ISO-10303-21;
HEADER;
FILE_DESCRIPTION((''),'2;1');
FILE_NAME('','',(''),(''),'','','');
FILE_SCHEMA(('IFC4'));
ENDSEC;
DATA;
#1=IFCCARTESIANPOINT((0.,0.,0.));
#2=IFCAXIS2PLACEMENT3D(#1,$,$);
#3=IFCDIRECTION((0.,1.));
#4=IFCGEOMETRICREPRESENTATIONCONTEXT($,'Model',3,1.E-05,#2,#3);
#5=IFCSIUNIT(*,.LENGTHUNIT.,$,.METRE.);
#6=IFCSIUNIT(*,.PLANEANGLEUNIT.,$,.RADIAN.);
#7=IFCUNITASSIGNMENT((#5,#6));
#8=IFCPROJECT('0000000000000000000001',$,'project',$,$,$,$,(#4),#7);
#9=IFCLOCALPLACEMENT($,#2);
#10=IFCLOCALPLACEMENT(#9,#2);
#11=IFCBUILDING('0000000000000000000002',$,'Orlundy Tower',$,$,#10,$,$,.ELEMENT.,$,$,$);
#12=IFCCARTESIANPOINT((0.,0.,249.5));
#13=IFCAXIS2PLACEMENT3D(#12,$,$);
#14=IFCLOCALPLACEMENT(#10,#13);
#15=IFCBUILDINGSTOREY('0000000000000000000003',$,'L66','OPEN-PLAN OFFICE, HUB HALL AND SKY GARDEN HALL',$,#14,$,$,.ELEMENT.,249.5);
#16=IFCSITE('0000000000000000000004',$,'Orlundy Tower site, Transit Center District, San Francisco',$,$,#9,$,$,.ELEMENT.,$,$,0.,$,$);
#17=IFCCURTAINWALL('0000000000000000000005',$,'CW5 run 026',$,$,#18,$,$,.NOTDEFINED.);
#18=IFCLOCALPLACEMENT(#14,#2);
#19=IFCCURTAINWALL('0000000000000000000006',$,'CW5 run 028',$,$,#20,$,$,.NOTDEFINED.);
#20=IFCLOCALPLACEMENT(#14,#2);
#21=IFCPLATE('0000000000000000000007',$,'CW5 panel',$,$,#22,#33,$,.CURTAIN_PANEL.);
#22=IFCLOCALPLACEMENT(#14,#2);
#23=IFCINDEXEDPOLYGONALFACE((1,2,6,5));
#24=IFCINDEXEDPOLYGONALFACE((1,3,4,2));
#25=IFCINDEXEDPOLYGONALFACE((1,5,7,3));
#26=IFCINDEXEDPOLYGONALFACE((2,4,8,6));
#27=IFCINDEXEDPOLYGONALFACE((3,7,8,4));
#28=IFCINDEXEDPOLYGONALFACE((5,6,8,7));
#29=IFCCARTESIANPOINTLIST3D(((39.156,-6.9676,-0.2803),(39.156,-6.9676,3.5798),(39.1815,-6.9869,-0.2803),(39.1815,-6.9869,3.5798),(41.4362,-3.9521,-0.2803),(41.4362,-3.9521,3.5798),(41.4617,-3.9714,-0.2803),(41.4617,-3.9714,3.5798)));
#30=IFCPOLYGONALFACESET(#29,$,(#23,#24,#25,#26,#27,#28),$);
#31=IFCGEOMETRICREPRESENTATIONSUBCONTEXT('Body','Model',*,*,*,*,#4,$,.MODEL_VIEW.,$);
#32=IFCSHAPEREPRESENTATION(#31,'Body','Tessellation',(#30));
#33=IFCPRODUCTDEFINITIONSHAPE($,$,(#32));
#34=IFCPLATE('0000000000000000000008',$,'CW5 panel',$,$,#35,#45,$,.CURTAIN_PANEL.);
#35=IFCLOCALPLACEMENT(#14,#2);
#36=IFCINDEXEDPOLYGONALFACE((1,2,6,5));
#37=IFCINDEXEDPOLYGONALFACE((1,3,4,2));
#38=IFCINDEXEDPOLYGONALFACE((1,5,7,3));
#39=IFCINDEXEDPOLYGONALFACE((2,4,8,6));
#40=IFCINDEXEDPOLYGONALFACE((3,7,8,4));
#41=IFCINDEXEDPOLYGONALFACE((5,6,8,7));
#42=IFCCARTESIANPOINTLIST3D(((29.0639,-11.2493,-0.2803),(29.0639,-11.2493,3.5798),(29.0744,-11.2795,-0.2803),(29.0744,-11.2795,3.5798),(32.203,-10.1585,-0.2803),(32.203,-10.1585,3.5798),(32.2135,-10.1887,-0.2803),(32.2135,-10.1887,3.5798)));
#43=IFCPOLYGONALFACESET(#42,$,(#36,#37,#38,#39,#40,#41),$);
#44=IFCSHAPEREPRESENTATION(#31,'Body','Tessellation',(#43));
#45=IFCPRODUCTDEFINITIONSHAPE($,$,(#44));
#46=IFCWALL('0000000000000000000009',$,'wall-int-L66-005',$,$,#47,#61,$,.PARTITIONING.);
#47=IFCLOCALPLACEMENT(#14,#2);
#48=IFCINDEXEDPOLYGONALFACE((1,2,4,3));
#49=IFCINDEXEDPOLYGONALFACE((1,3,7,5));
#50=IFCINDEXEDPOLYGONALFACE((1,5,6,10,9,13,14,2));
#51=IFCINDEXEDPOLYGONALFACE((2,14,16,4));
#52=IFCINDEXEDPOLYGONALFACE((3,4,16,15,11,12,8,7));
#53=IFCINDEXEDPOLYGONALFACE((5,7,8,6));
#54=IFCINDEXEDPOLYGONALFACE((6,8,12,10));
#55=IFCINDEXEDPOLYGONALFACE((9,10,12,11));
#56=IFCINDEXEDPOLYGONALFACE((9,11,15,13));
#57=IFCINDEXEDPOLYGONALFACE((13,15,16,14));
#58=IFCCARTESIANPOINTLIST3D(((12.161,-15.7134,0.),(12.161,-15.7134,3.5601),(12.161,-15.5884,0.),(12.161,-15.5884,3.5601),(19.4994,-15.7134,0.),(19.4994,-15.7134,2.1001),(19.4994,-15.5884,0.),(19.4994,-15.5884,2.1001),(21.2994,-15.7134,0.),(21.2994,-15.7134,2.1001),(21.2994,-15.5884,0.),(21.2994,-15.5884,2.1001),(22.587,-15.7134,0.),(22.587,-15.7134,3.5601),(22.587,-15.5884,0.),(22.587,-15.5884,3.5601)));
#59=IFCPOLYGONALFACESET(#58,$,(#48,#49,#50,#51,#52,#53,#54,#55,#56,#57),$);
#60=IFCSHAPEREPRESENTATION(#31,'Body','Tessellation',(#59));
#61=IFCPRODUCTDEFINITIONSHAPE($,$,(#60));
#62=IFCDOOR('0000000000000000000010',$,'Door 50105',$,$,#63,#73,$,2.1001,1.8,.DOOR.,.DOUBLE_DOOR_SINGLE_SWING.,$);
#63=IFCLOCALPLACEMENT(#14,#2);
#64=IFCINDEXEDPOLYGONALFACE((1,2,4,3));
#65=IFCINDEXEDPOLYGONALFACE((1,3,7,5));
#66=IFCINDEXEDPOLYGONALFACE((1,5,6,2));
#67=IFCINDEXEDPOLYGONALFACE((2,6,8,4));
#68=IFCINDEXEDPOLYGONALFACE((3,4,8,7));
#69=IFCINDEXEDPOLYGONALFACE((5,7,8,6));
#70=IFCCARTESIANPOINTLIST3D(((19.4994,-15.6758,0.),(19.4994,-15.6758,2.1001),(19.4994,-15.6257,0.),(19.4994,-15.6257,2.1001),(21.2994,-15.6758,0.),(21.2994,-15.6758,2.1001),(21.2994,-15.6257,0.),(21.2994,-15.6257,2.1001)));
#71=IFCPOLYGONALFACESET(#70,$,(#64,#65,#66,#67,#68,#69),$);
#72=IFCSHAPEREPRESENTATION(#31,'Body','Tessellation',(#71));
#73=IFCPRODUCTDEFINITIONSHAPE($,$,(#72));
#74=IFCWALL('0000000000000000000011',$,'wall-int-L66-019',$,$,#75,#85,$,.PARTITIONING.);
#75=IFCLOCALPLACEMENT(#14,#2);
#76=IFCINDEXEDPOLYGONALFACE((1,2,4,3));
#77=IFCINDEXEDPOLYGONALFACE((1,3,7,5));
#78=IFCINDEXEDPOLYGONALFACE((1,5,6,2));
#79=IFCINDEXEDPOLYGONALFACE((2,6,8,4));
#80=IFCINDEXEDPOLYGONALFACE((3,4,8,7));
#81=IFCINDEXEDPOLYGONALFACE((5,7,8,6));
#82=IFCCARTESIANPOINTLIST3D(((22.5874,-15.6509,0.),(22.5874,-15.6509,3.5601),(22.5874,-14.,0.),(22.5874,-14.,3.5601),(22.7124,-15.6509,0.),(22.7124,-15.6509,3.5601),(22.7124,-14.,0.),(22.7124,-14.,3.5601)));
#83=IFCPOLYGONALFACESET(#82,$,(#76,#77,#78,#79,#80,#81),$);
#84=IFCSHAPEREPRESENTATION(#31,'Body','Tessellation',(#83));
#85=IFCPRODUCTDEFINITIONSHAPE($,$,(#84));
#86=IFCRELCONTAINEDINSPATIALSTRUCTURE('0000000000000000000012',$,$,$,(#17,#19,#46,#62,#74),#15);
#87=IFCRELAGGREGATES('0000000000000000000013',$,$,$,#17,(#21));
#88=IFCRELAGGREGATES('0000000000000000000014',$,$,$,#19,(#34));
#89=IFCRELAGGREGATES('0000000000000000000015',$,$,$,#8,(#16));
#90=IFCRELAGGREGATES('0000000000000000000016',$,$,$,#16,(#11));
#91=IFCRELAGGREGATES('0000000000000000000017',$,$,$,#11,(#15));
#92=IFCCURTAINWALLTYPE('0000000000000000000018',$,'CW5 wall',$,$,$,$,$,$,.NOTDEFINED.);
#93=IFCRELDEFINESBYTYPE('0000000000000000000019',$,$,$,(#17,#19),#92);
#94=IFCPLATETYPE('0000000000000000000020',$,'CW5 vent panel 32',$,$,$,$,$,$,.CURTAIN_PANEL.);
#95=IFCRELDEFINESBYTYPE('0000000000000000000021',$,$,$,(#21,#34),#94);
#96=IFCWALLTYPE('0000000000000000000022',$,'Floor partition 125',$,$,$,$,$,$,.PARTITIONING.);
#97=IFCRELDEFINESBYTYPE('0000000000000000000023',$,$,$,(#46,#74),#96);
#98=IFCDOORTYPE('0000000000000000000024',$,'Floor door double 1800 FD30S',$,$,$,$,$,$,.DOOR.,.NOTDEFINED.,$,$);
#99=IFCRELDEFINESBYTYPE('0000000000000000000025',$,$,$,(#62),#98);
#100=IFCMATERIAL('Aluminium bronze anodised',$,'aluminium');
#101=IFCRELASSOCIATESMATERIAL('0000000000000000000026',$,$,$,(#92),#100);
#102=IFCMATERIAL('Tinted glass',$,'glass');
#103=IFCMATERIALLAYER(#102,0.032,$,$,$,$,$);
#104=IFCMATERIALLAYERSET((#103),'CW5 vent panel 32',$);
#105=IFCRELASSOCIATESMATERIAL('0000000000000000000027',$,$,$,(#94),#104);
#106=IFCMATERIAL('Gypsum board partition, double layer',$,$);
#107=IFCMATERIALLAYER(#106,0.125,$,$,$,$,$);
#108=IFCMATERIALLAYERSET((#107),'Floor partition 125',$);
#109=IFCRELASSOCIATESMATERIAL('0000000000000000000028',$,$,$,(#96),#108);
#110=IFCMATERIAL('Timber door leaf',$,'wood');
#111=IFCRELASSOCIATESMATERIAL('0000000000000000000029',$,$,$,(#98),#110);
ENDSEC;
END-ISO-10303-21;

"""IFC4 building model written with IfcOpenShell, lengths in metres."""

from ifc_helpers import new_model, si_unit, direction, frame, frame_2d, origin, origin_2d, place, context, subcontext, project, spatial, rectangle, extrude, material, layer, layer_set, type_object, element, fill, aggregate, save


model = new_model("IFC4")

# Units and contexts
model_context = context("Model", 3, precision=1e-05, world=origin(), true_north=direction((0.0, 1.0)))
body_context = subcontext(model_context, "Body", "Model", "MODEL_VIEW")
ifc_project = project(units=[si_unit("LENGTHUNIT", "METRE"), si_unit("PLANEANGLEUNIT", "RADIAN")], contexts=[model_context])

# Site, building, storey
site_placement = place(None, origin())
site = spatial("IfcSite", under=ifc_project, at=site_placement, Name="Orlundy Tower site, Transit Center District, San Francisco", CompositionType="ELEMENT", RefElevation=0.0)
building_placement = place(site_placement, origin())
building = spatial("IfcBuilding", under=site, at=building_placement, Name="Orlundy Tower", CompositionType="ELEMENT")
storey_placement = place(building_placement, frame((0.0, 0.0, 249.5)))
storey = spatial("IfcBuildingStorey", under=building, at=storey_placement, Name="L66", Description="OPEN-PLAN OFFICE, HUB HALL AND SKY GARDEN HALL", CompositionType="ELEMENT", Elevation=249.5)

# Curtain wall
ifc_material_1 = material(Name="Aluminium bronze anodised", Category="aluminium")
curtain_wall_type = type_object("IfcCurtainWallType", Name="CW5 wall", PredefinedType="NOTDEFINED", material=ifc_material_1)
curtain_wall_1_placement = place(storey_placement, origin())
curtain_wall_1 = element("IfcCurtainWall", 1, at=curtain_wall_1_placement, inside=storey, type_object=curtain_wall_type, Name="CW5 run 026", PredefinedType="NOTDEFINED")

# Curtain wall
curtain_wall_2_placement = place(storey_placement, origin())
curtain_wall_2 = element("IfcCurtainWall", 2, at=curtain_wall_2_placement, inside=storey, type_object=curtain_wall_type, Name="CW5 run 028", PredefinedType="NOTDEFINED")

# Plates
ifc_material_2 = material(Name="Tinted glass", Category="glass")
ifc_layer_1 = layer(ifc_material_2, 0.032)
ifc_layer_set_1 = layer_set([ifc_layer_1], Name="CW5 vent panel 32")
plate_type_1 = type_object("IfcPlateType", Name="CW5 vent panel 32", PredefinedType="CURTAIN_PANEL", material=ifc_layer_set_1)
plate_1_placement = place(storey_placement, frame((40.3088, -5.4695, -0.2803), z_axis=(0.0, 0.0, 1.0), x_axis=(-0.603146, -0.797631, 0.0)))
plate_1 = element("IfcPlate", 3, at=plate_1_placement, type_object=plate_type_1, Name="CW5 panel", PredefinedType="CURTAIN_PANEL", context=body_context, shape_type="SweptSolid", body=[
    extrude(rectangle(XDim=3.7805, YDim=0.032, at=origin_2d()), origin(), (0.0, 0.0, 1.0), 3.8601),
])
aggregate(curtain_wall_1, [plate_1])
plate_2_placement = place(storey_placement, frame((30.6387, -10.719, -0.2803), z_axis=(0.0, 0.0, 1.0), x_axis=(-0.944599, -0.328227, 0.0)))
plate_2 = element("IfcPlate", 4, at=plate_2_placement, type_object=plate_type_1, Name="CW5 panel", PredefinedType="CURTAIN_PANEL", context=body_context, shape_type="SweptSolid", body=[
    extrude(rectangle(XDim=3.3232, YDim=0.032, at=origin_2d()), origin(), (0.0, 0.0, 1.0), 3.8601),
])
aggregate(curtain_wall_2, [plate_2])

# Wall, opening, door
ifc_material_3 = material(Name="Gypsum board partition, double layer")
ifc_layer_2 = layer(ifc_material_3, 0.125)
ifc_layer_set_2 = layer_set([ifc_layer_2], Name="Floor partition 125")
wall_type = type_object("IfcWallType", Name="Floor partition 125", PredefinedType="PARTITIONING", material=ifc_layer_set_2)
wall_1_placement = place(storey_placement, frame((22.5869, -15.6509, 0.0), z_axis=(0.0, 0.0, 1.0), x_axis=(-1.0, 0.0, 0.0)))
wall_1 = element("IfcWall", 5, at=wall_1_placement, inside=storey, type_object=wall_type, Name="wall-int-L66-005", PredefinedType="PARTITIONING", context=body_context, shape_type="SweptSolid", body=[
    extrude(rectangle(XDim=10.426, YDim=0.125, at=frame_2d((5.2129, 0.0))), origin(), (0.0, 0.0, 1.0), 3.5601),
])
opening_placement = place(wall_1_placement, frame((1.2876, 0.0, 0.0)))
opening = element("IfcOpeningElement", 6, at=opening_placement, cuts=wall_1, PredefinedType="OPENING", context=body_context, shape_type="SweptSolid", body=[
    extrude(rectangle(XDim=1.8, YDim=2.1001, at=frame_2d((0.8999, 1.05))), frame((0.0, 0.0725, 0.0), z_axis=(0.0, -1.0, 0.0), x_axis=(1.0, 0.0, 0.0)), (0.0, 0.0, 1.0), 0.145),
])
ifc_material_4 = material(Name="Timber door leaf", Category="wood")
door_type = type_object("IfcDoorType", Name="Floor door double 1800 FD30S", OperationType="NOTDEFINED", PredefinedType="DOOR", material=ifc_material_4)
door_placement = place(opening_placement, origin())
door = element("IfcDoor", 7, at=door_placement, inside=storey, type_object=door_type, Name="Door 50105", OperationType="DOUBLE_DOOR_SINGLE_SWING", OverallHeight=2.1001, OverallWidth=1.8, PredefinedType="DOOR", context=body_context, shape_type="SweptSolid", body=[
    extrude(rectangle(XDim=1.8, YDim=2.1001, at=frame_2d((0.8999, 1.05))), frame((0.0, 0.0249, 0.0), z_axis=(0.0, -1.0, 0.0), x_axis=(1.0, 0.0, 0.0)), (0.0, 0.0, 1.0), 0.05),
])
fill(opening, door)

# Wall
wall_2_placement = place(storey_placement, frame((22.6499, -15.6509, 0.0), z_axis=(0.0, 0.0, 1.0), x_axis=(0.0, 1.0, 0.0)))
element("IfcWall", 8, at=wall_2_placement, inside=storey, type_object=wall_type, Name="wall-int-L66-019", PredefinedType="PARTITIONING", context=body_context, shape_type="SweptSolid", body=[
    extrude(rectangle(XDim=1.6509, YDim=0.125, at=frame_2d((0.8254, 0.0))), origin(), (0.0, 0.0, 1.0), 3.5601),
])

save(model, "model.ifc")
